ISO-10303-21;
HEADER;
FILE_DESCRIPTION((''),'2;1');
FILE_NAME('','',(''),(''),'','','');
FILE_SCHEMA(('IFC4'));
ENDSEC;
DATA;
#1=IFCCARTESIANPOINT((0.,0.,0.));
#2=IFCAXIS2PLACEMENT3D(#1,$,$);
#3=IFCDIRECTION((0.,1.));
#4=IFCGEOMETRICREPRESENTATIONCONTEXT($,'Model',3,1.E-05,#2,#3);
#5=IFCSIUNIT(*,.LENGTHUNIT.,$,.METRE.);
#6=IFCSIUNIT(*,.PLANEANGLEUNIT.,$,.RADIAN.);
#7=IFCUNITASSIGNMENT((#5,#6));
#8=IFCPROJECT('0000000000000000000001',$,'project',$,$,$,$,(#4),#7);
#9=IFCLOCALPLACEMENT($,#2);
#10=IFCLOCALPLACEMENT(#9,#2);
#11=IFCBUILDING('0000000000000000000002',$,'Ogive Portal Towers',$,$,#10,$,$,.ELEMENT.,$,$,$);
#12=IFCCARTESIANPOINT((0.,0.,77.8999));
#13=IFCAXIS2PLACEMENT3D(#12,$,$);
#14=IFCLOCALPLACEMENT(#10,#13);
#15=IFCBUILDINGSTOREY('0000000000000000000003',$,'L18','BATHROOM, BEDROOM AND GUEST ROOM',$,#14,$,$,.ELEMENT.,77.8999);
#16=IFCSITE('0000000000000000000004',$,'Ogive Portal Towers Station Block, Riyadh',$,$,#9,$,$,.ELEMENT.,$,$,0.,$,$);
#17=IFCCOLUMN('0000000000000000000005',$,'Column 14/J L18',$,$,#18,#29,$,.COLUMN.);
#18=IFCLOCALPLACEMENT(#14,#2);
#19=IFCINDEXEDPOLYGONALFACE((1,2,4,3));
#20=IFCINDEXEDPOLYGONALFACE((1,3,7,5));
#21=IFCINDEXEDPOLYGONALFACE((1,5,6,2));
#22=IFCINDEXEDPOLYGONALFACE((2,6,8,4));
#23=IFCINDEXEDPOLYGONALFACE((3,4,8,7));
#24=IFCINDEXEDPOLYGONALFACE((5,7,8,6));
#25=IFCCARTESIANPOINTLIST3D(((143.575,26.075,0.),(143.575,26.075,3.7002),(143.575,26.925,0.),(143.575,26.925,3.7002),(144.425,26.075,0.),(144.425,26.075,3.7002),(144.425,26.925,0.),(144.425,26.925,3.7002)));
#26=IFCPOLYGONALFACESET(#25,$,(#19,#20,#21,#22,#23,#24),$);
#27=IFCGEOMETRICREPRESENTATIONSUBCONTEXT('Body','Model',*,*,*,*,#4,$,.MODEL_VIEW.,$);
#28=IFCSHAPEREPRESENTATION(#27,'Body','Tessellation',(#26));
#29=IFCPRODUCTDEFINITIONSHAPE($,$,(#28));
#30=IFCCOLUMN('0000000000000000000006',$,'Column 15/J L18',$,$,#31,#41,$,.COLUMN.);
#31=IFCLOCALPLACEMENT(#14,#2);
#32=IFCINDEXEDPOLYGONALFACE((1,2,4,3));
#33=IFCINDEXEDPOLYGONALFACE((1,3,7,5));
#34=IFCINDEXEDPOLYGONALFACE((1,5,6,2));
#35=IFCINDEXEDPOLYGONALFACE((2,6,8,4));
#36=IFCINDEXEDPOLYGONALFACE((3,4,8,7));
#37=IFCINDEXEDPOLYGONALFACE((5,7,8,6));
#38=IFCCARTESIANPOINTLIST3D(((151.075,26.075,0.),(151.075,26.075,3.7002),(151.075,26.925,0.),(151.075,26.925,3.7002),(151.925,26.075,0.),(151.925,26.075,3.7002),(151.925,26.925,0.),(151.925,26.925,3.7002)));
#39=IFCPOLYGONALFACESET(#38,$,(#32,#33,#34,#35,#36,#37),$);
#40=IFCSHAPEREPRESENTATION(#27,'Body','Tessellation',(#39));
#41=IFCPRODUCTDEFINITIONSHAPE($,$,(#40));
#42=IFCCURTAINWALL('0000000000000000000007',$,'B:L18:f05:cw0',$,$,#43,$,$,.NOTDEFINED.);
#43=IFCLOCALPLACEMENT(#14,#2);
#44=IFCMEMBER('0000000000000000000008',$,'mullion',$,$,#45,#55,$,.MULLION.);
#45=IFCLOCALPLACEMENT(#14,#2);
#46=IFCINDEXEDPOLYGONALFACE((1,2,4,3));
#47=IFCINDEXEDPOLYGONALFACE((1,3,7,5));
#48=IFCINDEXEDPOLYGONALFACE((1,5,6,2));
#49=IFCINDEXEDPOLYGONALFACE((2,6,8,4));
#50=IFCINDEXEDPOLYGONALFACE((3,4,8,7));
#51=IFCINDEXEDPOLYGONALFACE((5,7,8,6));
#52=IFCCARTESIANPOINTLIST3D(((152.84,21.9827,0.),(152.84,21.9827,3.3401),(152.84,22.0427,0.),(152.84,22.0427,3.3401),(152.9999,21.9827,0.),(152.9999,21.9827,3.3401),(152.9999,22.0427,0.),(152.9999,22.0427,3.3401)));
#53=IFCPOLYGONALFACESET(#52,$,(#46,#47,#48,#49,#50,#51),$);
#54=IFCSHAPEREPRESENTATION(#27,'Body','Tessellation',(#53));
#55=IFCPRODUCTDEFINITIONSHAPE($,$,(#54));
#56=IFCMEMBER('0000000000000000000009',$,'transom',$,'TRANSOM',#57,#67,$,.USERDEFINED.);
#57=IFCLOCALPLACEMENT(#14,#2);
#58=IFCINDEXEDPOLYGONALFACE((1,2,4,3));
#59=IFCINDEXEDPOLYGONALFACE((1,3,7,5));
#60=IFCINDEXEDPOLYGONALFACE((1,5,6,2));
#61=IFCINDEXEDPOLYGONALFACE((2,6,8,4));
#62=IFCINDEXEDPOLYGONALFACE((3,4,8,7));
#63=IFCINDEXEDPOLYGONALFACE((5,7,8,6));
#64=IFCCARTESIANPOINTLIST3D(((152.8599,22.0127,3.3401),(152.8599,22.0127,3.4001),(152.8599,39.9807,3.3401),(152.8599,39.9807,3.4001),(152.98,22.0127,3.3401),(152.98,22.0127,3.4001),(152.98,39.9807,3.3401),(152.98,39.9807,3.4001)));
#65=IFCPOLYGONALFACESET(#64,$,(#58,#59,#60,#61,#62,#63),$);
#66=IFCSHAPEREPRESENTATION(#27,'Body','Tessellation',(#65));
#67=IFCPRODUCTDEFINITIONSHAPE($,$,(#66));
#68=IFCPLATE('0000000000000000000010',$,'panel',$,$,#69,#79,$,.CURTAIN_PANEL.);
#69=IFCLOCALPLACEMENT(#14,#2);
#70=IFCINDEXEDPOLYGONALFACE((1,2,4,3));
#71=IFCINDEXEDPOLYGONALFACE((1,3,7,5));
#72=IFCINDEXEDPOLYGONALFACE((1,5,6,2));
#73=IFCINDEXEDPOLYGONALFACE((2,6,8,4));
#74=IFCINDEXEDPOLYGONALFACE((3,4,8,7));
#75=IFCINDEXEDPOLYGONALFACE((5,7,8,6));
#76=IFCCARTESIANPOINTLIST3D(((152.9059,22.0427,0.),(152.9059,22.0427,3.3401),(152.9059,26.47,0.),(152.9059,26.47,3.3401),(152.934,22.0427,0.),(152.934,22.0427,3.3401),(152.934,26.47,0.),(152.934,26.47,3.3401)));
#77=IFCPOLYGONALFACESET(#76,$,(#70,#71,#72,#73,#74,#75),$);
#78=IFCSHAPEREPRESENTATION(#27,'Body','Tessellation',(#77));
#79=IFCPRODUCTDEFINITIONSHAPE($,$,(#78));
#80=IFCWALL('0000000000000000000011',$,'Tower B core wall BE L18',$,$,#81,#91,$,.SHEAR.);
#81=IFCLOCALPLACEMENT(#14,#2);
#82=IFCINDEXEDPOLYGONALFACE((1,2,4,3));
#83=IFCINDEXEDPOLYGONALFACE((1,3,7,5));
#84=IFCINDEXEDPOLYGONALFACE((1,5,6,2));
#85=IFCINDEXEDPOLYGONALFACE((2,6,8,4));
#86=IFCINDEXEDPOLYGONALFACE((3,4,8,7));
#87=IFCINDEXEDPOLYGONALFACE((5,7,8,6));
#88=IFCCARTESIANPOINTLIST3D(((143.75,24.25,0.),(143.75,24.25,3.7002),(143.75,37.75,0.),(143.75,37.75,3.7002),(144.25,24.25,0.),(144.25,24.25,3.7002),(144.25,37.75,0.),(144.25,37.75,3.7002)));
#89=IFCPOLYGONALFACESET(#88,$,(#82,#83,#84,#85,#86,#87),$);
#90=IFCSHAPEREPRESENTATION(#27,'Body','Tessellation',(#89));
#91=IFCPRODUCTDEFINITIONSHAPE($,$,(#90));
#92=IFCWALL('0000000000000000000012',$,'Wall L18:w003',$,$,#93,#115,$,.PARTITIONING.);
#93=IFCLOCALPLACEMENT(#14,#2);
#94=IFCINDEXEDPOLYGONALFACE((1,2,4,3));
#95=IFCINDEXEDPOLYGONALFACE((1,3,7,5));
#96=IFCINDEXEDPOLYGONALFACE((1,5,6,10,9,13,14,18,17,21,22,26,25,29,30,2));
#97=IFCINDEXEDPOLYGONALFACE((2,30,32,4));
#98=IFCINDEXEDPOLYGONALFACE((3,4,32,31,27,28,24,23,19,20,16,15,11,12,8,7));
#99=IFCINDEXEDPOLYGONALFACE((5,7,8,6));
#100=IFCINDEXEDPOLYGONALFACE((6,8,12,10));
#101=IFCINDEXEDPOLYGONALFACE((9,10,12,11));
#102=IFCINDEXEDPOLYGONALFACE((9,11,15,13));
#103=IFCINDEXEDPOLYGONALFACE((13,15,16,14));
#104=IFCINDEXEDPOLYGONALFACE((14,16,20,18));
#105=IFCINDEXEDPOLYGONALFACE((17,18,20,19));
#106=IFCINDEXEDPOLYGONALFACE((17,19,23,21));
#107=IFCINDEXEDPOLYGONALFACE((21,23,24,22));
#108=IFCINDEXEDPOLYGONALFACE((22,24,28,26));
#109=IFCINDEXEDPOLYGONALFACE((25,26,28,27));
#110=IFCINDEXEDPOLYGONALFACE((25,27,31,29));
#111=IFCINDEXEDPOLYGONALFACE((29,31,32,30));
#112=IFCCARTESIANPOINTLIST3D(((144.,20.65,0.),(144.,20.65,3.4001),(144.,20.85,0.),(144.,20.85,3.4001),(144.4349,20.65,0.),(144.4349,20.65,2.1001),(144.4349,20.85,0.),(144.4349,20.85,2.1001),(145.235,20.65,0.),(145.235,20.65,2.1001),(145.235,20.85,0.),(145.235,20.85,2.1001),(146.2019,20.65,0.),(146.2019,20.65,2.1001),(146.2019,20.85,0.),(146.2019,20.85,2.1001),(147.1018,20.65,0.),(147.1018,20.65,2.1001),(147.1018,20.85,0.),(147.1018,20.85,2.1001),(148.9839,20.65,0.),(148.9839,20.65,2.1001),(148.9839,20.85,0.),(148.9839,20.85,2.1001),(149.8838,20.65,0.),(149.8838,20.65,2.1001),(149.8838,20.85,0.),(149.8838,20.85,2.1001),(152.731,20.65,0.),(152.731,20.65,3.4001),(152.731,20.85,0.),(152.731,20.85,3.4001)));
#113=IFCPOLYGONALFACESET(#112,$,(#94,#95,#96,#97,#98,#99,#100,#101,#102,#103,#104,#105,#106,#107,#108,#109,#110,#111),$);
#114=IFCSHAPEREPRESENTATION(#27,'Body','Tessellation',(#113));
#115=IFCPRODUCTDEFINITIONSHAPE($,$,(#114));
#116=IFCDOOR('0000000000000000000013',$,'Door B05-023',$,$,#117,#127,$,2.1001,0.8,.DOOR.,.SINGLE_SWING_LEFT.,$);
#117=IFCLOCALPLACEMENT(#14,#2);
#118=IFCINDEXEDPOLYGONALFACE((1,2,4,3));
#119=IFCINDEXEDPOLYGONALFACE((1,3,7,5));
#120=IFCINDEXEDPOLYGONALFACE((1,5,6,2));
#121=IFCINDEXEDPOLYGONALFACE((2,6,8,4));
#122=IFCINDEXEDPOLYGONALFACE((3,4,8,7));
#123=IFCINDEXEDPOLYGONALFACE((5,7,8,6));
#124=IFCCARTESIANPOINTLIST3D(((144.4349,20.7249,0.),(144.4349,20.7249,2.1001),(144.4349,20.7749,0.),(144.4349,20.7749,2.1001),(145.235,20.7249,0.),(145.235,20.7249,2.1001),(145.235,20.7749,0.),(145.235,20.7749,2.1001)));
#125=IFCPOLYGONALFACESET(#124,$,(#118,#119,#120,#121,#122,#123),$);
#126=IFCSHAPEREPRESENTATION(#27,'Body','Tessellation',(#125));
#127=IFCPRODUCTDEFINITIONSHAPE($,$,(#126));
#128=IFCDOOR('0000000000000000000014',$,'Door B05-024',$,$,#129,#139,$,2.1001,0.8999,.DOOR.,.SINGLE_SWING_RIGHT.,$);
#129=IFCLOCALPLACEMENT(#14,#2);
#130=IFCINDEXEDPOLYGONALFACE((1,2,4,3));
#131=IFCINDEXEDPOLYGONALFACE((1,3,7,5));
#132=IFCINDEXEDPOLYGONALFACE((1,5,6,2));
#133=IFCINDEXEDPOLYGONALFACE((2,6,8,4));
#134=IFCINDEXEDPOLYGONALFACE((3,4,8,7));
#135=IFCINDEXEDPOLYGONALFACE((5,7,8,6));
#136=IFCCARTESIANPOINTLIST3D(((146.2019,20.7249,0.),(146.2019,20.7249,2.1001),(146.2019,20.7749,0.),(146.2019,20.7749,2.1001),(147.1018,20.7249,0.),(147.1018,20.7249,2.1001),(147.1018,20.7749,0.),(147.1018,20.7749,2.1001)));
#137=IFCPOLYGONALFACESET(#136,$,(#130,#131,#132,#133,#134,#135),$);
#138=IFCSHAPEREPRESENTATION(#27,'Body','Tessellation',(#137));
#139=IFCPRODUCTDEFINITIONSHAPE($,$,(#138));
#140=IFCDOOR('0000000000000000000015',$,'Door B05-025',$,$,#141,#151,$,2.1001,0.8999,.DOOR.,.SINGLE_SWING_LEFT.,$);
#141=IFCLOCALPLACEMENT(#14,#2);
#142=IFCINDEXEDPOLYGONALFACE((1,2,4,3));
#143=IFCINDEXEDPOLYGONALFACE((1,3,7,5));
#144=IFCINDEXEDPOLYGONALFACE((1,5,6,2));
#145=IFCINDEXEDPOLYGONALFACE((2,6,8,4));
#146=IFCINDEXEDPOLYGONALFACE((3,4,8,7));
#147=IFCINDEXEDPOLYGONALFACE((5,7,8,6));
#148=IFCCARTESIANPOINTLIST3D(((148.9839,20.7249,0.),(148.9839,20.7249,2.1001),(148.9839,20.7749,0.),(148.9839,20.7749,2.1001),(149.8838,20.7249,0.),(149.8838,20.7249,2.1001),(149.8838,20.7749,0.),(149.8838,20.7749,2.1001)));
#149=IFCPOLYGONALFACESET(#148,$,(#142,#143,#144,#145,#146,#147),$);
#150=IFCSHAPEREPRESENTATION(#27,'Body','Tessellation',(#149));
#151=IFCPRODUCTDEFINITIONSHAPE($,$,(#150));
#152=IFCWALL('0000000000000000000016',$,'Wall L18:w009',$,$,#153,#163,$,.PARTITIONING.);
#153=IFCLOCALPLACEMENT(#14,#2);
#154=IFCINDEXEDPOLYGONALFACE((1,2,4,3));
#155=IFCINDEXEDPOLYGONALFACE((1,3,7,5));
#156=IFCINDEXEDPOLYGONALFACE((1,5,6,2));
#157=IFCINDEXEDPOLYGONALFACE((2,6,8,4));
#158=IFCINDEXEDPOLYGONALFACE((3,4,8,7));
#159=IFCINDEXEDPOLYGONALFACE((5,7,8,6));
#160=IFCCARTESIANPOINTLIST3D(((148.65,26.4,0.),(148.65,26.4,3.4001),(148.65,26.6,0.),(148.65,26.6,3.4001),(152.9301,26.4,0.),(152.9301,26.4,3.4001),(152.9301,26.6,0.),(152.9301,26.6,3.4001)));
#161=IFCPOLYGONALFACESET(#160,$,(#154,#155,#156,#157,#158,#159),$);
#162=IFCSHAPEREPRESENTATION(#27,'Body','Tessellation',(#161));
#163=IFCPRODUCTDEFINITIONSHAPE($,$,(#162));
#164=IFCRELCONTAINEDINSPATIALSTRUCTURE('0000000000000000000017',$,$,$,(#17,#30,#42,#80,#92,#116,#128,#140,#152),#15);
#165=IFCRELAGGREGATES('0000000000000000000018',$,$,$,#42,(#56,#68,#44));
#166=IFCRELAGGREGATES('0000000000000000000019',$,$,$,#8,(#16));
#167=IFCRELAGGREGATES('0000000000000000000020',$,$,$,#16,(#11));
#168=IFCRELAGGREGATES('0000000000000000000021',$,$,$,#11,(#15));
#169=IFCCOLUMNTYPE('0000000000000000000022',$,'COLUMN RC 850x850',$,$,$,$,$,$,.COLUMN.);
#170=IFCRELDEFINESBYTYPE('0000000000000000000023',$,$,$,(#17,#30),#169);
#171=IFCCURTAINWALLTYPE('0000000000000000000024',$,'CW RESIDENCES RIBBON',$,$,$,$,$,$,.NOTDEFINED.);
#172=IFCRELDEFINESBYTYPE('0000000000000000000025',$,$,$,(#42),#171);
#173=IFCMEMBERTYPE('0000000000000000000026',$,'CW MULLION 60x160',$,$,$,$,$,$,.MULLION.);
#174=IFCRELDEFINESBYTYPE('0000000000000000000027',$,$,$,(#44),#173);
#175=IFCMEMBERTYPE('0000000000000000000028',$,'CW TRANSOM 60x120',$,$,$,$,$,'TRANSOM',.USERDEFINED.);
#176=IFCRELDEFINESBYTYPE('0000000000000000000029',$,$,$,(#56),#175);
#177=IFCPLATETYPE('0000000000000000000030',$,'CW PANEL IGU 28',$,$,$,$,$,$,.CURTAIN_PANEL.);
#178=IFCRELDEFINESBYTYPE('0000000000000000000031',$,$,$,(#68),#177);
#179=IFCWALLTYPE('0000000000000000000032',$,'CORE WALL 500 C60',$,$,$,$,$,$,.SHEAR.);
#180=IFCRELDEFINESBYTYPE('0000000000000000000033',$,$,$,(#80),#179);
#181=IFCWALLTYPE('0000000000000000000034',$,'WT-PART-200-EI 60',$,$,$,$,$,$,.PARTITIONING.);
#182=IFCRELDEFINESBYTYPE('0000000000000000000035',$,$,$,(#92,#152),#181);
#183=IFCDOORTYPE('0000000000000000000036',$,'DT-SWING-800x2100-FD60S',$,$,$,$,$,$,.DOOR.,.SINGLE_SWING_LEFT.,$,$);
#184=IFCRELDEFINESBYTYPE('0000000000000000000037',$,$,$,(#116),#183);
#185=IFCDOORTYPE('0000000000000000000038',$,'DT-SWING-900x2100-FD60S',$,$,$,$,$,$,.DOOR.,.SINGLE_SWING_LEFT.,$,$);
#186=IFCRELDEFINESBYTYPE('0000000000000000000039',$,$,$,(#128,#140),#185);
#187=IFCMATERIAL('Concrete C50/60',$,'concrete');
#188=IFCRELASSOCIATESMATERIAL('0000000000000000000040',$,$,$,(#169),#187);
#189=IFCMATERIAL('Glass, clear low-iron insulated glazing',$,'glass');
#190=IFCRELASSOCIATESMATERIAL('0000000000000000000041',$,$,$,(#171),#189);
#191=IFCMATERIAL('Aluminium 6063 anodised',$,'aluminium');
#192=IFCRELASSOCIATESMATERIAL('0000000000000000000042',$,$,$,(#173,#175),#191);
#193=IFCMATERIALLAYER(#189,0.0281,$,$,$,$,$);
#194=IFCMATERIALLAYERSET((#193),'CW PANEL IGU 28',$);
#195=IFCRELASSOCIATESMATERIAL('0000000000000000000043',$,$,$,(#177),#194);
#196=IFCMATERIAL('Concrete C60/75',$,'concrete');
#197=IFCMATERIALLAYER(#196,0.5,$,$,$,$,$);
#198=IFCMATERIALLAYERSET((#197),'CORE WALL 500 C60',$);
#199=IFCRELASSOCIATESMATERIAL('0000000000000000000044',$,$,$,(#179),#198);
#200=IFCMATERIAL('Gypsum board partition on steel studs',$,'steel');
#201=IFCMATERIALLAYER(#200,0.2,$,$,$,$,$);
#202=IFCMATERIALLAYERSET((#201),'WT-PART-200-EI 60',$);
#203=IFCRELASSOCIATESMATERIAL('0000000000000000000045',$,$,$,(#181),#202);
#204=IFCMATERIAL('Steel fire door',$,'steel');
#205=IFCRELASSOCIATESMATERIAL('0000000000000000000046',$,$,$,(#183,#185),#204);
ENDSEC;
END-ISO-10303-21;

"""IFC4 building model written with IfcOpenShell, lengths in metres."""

from ifc_helpers import new_model, si_unit, direction, frame, frame_2d, origin, origin_2d, place, context, subcontext, project, spatial, rectangle, extrude, material, layer, layer_set, material_profile, profile_set, type_object, element, fill, aggregate, save


model = new_model("IFC4")

# Units and contexts
model_context = context("Model", 3, precision=1e-05, world=origin(), true_north=direction((0.0, 1.0)))
body_context = subcontext(model_context, "Body", "Model", "MODEL_VIEW")
ifc_project = project(units=[si_unit("LENGTHUNIT", "METRE"), si_unit("PLANEANGLEUNIT", "RADIAN")], contexts=[model_context])

# Site, building, storey
site_placement = place(None, origin())
site = spatial("IfcSite", under=ifc_project, at=site_placement, Name="Ogive Portal Towers Station Block, Riyadh", CompositionType="ELEMENT", RefElevation=0.0)
building_placement = place(site_placement, origin())
building = spatial("IfcBuilding", under=site, at=building_placement, Name="Ogive Portal Towers", CompositionType="ELEMENT")
storey_placement = place(building_placement, frame((0.0, 0.0, 77.8999)))
storey = spatial("IfcBuildingStorey", under=building, at=storey_placement, Name="L18", Description="BATHROOM, BEDROOM AND GUEST ROOM", CompositionType="ELEMENT", Elevation=77.8999)

# Columns
ifc_material_1 = material(Name="Concrete C50/60", Category="concrete")
ifc_material_profile_1 = material_profile(ifc_material_1, rectangle(XDim=0.8501, YDim=0.8501, at=origin_2d()), Name="RC 850x850")
ifc_profile_set_1 = profile_set([ifc_material_profile_1], Name="Concrete C50/60")
column_type = type_object("IfcColumnType", Name="COLUMN RC 850x850", PredefinedType="COLUMN", material=ifc_profile_set_1)
for number, where, z_axis, x_axis, name in (
    (1, (144.0, 26.5, 0.0), (0.0, 0.0, 1.0), (1.0, 0.0, 0.0), "Column 14/J L18"),
    (2, (151.5, 26.5, 0.0), (0.0, 0.0, 1.0), (1.0, 0.0, 0.0), "Column 15/J L18"),
):
    element("IfcColumn", number, at=place(storey_placement, frame(where, z_axis=z_axis, x_axis=x_axis)), inside=storey, type_object=column_type, Name=name, PredefinedType="COLUMN", context=body_context, shape_type="SweptSolid", body=[
        extrude(rectangle(XDim=0.8501, YDim=0.8501, at=origin_2d()), origin(), (0.0, 0.0, 1.0), 3.7002),
    ])

# Curtain wall, members, plate
ifc_material_2 = material(Name="Glass, clear low-iron insulated glazing", Category="glass")
curtain_wall_type = type_object("IfcCurtainWallType", Name="CW RESIDENCES RIBBON", PredefinedType="NOTDEFINED", material=ifc_material_2)
curtain_wall_placement = place(storey_placement, origin())
curtain_wall = element("IfcCurtainWall", 3, at=curtain_wall_placement, inside=storey, type_object=curtain_wall_type, Name="B:L18:f05:cw0", PredefinedType="NOTDEFINED")
ifc_material_3 = material(Name="Aluminium 6063 anodised", Category="aluminium")
ifc_material_profile_2 = material_profile(ifc_material_3, rectangle(XDim=0.1599, YDim=0.0601, at=origin_2d()), Name="AL 60x160")
ifc_profile_set_2 = profile_set([ifc_material_profile_2], Name="Aluminium 6063 anodised")
member_type_1 = type_object("IfcMemberType", Name="CW MULLION 60x160", PredefinedType="MULLION", material=ifc_profile_set_2)
member_1_placement = place(storey_placement, frame((152.9199, 22.0127, 0.0), z_axis=(0.0, 0.0, 1.0), x_axis=(-1.0, 0.0, 0.0)))
member_1 = element("IfcMember", 4, at=member_1_placement, type_object=member_type_1, Name="mullion", PredefinedType="MULLION", context=body_context, shape_type="SweptSolid", body=[
    extrude(rectangle(XDim=0.1599, YDim=0.0601, at=origin_2d()), origin(), (0.0, 0.0, 1.0), 3.3401),
])
ifc_material_profile_3 = material_profile(ifc_material_3, rectangle(XDim=0.1201, YDim=0.0601, at=origin_2d()), Name="AL 120x60")
ifc_profile_set_3 = profile_set([ifc_material_profile_3], Name="Aluminium 6063 anodised")
member_type_2 = type_object("IfcMemberType", Name="CW TRANSOM 60x120", ElementType="TRANSOM", PredefinedType="USERDEFINED", material=ifc_profile_set_3)
member_2_placement = place(storey_placement, frame((152.9199, 22.0127, 3.3701), z_axis=(0.0, 1.0, 0.0), x_axis=(-1.0, 0.0, 0.0)))
member_2 = element("IfcMember", 5, at=member_2_placement, type_object=member_type_2, Name="transom", ObjectType="TRANSOM", PredefinedType="USERDEFINED", context=body_context, shape_type="SweptSolid", body=[
    extrude(rectangle(XDim=0.1201, YDim=0.0601, at=origin_2d()), origin(), (0.0, 0.0, 1.0), 17.968),
])
ifc_layer_1 = layer(ifc_material_2, 0.0281)
ifc_layer_set_1 = layer_set([ifc_layer_1], Name="CW PANEL IGU 28")
plate_type = type_object("IfcPlateType", Name="CW PANEL IGU 28", PredefinedType="CURTAIN_PANEL", material=ifc_layer_set_1)
plate_placement = place(storey_placement, frame((152.9199, 24.2563, 0.0), z_axis=(0.0, 0.0, 1.0), x_axis=(0.0, 1.0, 0.0)))
plate = element("IfcPlate", 6, at=plate_placement, type_object=plate_type, Name="panel", PredefinedType="CURTAIN_PANEL", context=body_context, shape_type="SweptSolid", body=[
    extrude(rectangle(XDim=4.4272, YDim=0.0281, at=origin_2d()), origin(), (0.0, 0.0, 1.0), 3.3401),
])
aggregate(curtain_wall, [member_2, plate, member_1])

# Wall
ifc_material_4 = material(Name="Concrete C60/75", Category="concrete")
ifc_layer_2 = layer(ifc_material_4, 0.5)
ifc_layer_set_2 = layer_set([ifc_layer_2], Name="CORE WALL 500 C60")
wall_type_1 = type_object("IfcWallType", Name="CORE WALL 500 C60", PredefinedType="SHEAR", material=ifc_layer_set_2)
wall_1_placement = place(storey_placement, frame((144.0, 24.25, 0.0), z_axis=(0.0, 0.0, 1.0), x_axis=(0.0, 1.0, 0.0)))
element("IfcWall", 7, at=wall_1_placement, inside=storey, type_object=wall_type_1, Name="Tower B core wall BE L18", PredefinedType="SHEAR", context=body_context, shape_type="SweptSolid", body=[
    extrude(rectangle(XDim=13.5, YDim=0.5, at=frame_2d((6.75, 0.0))), origin(), (0.0, 0.0, 1.0), 3.7002),
])

# Wall, openings, doors
ifc_material_5 = material(Name="Gypsum board partition on steel studs", Category="steel")
ifc_layer_3 = layer(ifc_material_5, 0.2)
ifc_layer_set_3 = layer_set([ifc_layer_3], Name="WT-PART-200-EI 60")
wall_type_2 = type_object("IfcWallType", Name="WT-PART-200-EI 60", PredefinedType="PARTITIONING", material=ifc_layer_set_3)
wall_2_placement = place(storey_placement, frame((144.0, 20.75, 0.0), z_axis=(0.0, 0.0, 1.0), x_axis=(1.0, 0.0, 0.0)))
wall_2 = element("IfcWall", 8, at=wall_2_placement, inside=storey, type_object=wall_type_2, Name="Wall L18:w003", PredefinedType="PARTITIONING", context=body_context, shape_type="SweptSolid", body=[
    extrude(rectangle(XDim=8.731, YDim=0.2, at=frame_2d((4.3655, 0.0))), origin(), (0.0, 0.0, 1.0), 3.4001),
])
opening_1_placement = place(wall_2_placement, frame((0.4351, 0.0, 0.0)))
opening_1 = element("IfcOpeningElement", 9, at=opening_1_placement, cuts=wall_2, PredefinedType="OPENING", context=body_context, shape_type="SweptSolid", body=[
    extrude(rectangle(XDim=0.8, YDim=2.1001, at=frame_2d((0.3999, 1.05))), frame((0.0, 0.1099, 0.0), z_axis=(0.0, -1.0, 0.0), x_axis=(1.0, 0.0, 0.0)), (0.0, 0.0, 1.0), 0.22),
])
opening_2_placement = place(wall_2_placement, frame((2.2019, 0.0, 0.0)))
opening_2 = element("IfcOpeningElement", 10, at=opening_2_placement, cuts=wall_2, PredefinedType="OPENING", context=body_context, shape_type="SweptSolid", body=[
    extrude(rectangle(XDim=0.8999, YDim=2.1001, at=frame_2d((0.45, 1.05))), frame((0.0, 0.1099, 0.0), z_axis=(0.0, -1.0, 0.0), x_axis=(1.0, 0.0, 0.0)), (0.0, 0.0, 1.0), 0.22),
])
opening_3_placement = place(wall_2_placement, frame((4.9839, 0.0, 0.0)))
opening_3 = element("IfcOpeningElement", 11, at=opening_3_placement, cuts=wall_2, PredefinedType="OPENING", context=body_context, shape_type="SweptSolid", body=[
    extrude(rectangle(XDim=0.8999, YDim=2.1001, at=frame_2d((0.45, 1.05))), frame((0.0, 0.1099, 0.0), z_axis=(0.0, -1.0, 0.0), x_axis=(1.0, 0.0, 0.0)), (0.0, 0.0, 1.0), 0.22),
])
ifc_material_6 = material(Name="Steel fire door", Category="steel")
door_type_1 = type_object("IfcDoorType", Name="DT-SWING-800x2100-FD60S", OperationType="SINGLE_SWING_LEFT", PredefinedType="DOOR", material=ifc_material_6)
door_1_placement = place(opening_1_placement, origin())
door_1 = element("IfcDoor", 12, at=door_1_placement, inside=storey, type_object=door_type_1, Name="Door B05-023", OperationType="SINGLE_SWING_LEFT", OverallHeight=2.1001, OverallWidth=0.8, PredefinedType="DOOR", context=body_context, shape_type="SweptSolid", body=[
    extrude(rectangle(XDim=0.8, YDim=2.1001, at=frame_2d((0.3999, 1.05))), frame((0.0, 0.0249, 0.0), z_axis=(0.0, -1.0, 0.0), x_axis=(1.0, 0.0, 0.0)), (0.0, 0.0, 1.0), 0.05),
])
fill(opening_1, door_1)
door_type_2 = type_object("IfcDoorType", Name="DT-SWING-900x2100-FD60S", OperationType="SINGLE_SWING_LEFT", PredefinedType="DOOR", material=ifc_material_6)
door_2_placement = place(opening_2_placement, origin())
door_2 = element("IfcDoor", 13, at=door_2_placement, inside=storey, type_object=door_type_2, Name="Door B05-024", OperationType="SINGLE_SWING_RIGHT", OverallHeight=2.1001, OverallWidth=0.8999, PredefinedType="DOOR", context=body_context, shape_type="SweptSolid", body=[
    extrude(rectangle(XDim=0.8999, YDim=2.1001, at=frame_2d((0.45, 1.05))), frame((0.0, 0.0249, 0.0), z_axis=(0.0, -1.0, 0.0), x_axis=(1.0, 0.0, 0.0)), (0.0, 0.0, 1.0), 0.05),
])
fill(opening_2, door_2)
door_3_placement = place(opening_3_placement, origin())
door_3 = element("IfcDoor", 14, at=door_3_placement, inside=storey, type_object=door_type_2, Name="Door B05-025", OperationType="SINGLE_SWING_LEFT", OverallHeight=2.1001, OverallWidth=0.8999, PredefinedType="DOOR", context=body_context, shape_type="SweptSolid", body=[
    extrude(rectangle(XDim=0.8999, YDim=2.1001, at=frame_2d((0.45, 1.05))), frame((0.0, 0.0249, 0.0), z_axis=(0.0, -1.0, 0.0), x_axis=(1.0, 0.0, 0.0)), (0.0, 0.0, 1.0), 0.05),
])
fill(opening_3, door_3)

# Wall
wall_3_placement = place(storey_placement, frame((148.6499, 26.5, 0.0), z_axis=(0.0, 0.0, 1.0), x_axis=(1.0, 0.0, 0.0)))
element("IfcWall", 15, at=wall_3_placement, inside=storey, type_object=wall_type_2, Name="Wall L18:w009", PredefinedType="PARTITIONING", context=body_context, shape_type="SweptSolid", body=[
    extrude(rectangle(XDim=4.28, YDim=0.2, at=frame_2d((2.1401, 0.0))), origin(), (0.0, 0.0, 1.0), 3.4001),
])

save(model, "model.ifc")
